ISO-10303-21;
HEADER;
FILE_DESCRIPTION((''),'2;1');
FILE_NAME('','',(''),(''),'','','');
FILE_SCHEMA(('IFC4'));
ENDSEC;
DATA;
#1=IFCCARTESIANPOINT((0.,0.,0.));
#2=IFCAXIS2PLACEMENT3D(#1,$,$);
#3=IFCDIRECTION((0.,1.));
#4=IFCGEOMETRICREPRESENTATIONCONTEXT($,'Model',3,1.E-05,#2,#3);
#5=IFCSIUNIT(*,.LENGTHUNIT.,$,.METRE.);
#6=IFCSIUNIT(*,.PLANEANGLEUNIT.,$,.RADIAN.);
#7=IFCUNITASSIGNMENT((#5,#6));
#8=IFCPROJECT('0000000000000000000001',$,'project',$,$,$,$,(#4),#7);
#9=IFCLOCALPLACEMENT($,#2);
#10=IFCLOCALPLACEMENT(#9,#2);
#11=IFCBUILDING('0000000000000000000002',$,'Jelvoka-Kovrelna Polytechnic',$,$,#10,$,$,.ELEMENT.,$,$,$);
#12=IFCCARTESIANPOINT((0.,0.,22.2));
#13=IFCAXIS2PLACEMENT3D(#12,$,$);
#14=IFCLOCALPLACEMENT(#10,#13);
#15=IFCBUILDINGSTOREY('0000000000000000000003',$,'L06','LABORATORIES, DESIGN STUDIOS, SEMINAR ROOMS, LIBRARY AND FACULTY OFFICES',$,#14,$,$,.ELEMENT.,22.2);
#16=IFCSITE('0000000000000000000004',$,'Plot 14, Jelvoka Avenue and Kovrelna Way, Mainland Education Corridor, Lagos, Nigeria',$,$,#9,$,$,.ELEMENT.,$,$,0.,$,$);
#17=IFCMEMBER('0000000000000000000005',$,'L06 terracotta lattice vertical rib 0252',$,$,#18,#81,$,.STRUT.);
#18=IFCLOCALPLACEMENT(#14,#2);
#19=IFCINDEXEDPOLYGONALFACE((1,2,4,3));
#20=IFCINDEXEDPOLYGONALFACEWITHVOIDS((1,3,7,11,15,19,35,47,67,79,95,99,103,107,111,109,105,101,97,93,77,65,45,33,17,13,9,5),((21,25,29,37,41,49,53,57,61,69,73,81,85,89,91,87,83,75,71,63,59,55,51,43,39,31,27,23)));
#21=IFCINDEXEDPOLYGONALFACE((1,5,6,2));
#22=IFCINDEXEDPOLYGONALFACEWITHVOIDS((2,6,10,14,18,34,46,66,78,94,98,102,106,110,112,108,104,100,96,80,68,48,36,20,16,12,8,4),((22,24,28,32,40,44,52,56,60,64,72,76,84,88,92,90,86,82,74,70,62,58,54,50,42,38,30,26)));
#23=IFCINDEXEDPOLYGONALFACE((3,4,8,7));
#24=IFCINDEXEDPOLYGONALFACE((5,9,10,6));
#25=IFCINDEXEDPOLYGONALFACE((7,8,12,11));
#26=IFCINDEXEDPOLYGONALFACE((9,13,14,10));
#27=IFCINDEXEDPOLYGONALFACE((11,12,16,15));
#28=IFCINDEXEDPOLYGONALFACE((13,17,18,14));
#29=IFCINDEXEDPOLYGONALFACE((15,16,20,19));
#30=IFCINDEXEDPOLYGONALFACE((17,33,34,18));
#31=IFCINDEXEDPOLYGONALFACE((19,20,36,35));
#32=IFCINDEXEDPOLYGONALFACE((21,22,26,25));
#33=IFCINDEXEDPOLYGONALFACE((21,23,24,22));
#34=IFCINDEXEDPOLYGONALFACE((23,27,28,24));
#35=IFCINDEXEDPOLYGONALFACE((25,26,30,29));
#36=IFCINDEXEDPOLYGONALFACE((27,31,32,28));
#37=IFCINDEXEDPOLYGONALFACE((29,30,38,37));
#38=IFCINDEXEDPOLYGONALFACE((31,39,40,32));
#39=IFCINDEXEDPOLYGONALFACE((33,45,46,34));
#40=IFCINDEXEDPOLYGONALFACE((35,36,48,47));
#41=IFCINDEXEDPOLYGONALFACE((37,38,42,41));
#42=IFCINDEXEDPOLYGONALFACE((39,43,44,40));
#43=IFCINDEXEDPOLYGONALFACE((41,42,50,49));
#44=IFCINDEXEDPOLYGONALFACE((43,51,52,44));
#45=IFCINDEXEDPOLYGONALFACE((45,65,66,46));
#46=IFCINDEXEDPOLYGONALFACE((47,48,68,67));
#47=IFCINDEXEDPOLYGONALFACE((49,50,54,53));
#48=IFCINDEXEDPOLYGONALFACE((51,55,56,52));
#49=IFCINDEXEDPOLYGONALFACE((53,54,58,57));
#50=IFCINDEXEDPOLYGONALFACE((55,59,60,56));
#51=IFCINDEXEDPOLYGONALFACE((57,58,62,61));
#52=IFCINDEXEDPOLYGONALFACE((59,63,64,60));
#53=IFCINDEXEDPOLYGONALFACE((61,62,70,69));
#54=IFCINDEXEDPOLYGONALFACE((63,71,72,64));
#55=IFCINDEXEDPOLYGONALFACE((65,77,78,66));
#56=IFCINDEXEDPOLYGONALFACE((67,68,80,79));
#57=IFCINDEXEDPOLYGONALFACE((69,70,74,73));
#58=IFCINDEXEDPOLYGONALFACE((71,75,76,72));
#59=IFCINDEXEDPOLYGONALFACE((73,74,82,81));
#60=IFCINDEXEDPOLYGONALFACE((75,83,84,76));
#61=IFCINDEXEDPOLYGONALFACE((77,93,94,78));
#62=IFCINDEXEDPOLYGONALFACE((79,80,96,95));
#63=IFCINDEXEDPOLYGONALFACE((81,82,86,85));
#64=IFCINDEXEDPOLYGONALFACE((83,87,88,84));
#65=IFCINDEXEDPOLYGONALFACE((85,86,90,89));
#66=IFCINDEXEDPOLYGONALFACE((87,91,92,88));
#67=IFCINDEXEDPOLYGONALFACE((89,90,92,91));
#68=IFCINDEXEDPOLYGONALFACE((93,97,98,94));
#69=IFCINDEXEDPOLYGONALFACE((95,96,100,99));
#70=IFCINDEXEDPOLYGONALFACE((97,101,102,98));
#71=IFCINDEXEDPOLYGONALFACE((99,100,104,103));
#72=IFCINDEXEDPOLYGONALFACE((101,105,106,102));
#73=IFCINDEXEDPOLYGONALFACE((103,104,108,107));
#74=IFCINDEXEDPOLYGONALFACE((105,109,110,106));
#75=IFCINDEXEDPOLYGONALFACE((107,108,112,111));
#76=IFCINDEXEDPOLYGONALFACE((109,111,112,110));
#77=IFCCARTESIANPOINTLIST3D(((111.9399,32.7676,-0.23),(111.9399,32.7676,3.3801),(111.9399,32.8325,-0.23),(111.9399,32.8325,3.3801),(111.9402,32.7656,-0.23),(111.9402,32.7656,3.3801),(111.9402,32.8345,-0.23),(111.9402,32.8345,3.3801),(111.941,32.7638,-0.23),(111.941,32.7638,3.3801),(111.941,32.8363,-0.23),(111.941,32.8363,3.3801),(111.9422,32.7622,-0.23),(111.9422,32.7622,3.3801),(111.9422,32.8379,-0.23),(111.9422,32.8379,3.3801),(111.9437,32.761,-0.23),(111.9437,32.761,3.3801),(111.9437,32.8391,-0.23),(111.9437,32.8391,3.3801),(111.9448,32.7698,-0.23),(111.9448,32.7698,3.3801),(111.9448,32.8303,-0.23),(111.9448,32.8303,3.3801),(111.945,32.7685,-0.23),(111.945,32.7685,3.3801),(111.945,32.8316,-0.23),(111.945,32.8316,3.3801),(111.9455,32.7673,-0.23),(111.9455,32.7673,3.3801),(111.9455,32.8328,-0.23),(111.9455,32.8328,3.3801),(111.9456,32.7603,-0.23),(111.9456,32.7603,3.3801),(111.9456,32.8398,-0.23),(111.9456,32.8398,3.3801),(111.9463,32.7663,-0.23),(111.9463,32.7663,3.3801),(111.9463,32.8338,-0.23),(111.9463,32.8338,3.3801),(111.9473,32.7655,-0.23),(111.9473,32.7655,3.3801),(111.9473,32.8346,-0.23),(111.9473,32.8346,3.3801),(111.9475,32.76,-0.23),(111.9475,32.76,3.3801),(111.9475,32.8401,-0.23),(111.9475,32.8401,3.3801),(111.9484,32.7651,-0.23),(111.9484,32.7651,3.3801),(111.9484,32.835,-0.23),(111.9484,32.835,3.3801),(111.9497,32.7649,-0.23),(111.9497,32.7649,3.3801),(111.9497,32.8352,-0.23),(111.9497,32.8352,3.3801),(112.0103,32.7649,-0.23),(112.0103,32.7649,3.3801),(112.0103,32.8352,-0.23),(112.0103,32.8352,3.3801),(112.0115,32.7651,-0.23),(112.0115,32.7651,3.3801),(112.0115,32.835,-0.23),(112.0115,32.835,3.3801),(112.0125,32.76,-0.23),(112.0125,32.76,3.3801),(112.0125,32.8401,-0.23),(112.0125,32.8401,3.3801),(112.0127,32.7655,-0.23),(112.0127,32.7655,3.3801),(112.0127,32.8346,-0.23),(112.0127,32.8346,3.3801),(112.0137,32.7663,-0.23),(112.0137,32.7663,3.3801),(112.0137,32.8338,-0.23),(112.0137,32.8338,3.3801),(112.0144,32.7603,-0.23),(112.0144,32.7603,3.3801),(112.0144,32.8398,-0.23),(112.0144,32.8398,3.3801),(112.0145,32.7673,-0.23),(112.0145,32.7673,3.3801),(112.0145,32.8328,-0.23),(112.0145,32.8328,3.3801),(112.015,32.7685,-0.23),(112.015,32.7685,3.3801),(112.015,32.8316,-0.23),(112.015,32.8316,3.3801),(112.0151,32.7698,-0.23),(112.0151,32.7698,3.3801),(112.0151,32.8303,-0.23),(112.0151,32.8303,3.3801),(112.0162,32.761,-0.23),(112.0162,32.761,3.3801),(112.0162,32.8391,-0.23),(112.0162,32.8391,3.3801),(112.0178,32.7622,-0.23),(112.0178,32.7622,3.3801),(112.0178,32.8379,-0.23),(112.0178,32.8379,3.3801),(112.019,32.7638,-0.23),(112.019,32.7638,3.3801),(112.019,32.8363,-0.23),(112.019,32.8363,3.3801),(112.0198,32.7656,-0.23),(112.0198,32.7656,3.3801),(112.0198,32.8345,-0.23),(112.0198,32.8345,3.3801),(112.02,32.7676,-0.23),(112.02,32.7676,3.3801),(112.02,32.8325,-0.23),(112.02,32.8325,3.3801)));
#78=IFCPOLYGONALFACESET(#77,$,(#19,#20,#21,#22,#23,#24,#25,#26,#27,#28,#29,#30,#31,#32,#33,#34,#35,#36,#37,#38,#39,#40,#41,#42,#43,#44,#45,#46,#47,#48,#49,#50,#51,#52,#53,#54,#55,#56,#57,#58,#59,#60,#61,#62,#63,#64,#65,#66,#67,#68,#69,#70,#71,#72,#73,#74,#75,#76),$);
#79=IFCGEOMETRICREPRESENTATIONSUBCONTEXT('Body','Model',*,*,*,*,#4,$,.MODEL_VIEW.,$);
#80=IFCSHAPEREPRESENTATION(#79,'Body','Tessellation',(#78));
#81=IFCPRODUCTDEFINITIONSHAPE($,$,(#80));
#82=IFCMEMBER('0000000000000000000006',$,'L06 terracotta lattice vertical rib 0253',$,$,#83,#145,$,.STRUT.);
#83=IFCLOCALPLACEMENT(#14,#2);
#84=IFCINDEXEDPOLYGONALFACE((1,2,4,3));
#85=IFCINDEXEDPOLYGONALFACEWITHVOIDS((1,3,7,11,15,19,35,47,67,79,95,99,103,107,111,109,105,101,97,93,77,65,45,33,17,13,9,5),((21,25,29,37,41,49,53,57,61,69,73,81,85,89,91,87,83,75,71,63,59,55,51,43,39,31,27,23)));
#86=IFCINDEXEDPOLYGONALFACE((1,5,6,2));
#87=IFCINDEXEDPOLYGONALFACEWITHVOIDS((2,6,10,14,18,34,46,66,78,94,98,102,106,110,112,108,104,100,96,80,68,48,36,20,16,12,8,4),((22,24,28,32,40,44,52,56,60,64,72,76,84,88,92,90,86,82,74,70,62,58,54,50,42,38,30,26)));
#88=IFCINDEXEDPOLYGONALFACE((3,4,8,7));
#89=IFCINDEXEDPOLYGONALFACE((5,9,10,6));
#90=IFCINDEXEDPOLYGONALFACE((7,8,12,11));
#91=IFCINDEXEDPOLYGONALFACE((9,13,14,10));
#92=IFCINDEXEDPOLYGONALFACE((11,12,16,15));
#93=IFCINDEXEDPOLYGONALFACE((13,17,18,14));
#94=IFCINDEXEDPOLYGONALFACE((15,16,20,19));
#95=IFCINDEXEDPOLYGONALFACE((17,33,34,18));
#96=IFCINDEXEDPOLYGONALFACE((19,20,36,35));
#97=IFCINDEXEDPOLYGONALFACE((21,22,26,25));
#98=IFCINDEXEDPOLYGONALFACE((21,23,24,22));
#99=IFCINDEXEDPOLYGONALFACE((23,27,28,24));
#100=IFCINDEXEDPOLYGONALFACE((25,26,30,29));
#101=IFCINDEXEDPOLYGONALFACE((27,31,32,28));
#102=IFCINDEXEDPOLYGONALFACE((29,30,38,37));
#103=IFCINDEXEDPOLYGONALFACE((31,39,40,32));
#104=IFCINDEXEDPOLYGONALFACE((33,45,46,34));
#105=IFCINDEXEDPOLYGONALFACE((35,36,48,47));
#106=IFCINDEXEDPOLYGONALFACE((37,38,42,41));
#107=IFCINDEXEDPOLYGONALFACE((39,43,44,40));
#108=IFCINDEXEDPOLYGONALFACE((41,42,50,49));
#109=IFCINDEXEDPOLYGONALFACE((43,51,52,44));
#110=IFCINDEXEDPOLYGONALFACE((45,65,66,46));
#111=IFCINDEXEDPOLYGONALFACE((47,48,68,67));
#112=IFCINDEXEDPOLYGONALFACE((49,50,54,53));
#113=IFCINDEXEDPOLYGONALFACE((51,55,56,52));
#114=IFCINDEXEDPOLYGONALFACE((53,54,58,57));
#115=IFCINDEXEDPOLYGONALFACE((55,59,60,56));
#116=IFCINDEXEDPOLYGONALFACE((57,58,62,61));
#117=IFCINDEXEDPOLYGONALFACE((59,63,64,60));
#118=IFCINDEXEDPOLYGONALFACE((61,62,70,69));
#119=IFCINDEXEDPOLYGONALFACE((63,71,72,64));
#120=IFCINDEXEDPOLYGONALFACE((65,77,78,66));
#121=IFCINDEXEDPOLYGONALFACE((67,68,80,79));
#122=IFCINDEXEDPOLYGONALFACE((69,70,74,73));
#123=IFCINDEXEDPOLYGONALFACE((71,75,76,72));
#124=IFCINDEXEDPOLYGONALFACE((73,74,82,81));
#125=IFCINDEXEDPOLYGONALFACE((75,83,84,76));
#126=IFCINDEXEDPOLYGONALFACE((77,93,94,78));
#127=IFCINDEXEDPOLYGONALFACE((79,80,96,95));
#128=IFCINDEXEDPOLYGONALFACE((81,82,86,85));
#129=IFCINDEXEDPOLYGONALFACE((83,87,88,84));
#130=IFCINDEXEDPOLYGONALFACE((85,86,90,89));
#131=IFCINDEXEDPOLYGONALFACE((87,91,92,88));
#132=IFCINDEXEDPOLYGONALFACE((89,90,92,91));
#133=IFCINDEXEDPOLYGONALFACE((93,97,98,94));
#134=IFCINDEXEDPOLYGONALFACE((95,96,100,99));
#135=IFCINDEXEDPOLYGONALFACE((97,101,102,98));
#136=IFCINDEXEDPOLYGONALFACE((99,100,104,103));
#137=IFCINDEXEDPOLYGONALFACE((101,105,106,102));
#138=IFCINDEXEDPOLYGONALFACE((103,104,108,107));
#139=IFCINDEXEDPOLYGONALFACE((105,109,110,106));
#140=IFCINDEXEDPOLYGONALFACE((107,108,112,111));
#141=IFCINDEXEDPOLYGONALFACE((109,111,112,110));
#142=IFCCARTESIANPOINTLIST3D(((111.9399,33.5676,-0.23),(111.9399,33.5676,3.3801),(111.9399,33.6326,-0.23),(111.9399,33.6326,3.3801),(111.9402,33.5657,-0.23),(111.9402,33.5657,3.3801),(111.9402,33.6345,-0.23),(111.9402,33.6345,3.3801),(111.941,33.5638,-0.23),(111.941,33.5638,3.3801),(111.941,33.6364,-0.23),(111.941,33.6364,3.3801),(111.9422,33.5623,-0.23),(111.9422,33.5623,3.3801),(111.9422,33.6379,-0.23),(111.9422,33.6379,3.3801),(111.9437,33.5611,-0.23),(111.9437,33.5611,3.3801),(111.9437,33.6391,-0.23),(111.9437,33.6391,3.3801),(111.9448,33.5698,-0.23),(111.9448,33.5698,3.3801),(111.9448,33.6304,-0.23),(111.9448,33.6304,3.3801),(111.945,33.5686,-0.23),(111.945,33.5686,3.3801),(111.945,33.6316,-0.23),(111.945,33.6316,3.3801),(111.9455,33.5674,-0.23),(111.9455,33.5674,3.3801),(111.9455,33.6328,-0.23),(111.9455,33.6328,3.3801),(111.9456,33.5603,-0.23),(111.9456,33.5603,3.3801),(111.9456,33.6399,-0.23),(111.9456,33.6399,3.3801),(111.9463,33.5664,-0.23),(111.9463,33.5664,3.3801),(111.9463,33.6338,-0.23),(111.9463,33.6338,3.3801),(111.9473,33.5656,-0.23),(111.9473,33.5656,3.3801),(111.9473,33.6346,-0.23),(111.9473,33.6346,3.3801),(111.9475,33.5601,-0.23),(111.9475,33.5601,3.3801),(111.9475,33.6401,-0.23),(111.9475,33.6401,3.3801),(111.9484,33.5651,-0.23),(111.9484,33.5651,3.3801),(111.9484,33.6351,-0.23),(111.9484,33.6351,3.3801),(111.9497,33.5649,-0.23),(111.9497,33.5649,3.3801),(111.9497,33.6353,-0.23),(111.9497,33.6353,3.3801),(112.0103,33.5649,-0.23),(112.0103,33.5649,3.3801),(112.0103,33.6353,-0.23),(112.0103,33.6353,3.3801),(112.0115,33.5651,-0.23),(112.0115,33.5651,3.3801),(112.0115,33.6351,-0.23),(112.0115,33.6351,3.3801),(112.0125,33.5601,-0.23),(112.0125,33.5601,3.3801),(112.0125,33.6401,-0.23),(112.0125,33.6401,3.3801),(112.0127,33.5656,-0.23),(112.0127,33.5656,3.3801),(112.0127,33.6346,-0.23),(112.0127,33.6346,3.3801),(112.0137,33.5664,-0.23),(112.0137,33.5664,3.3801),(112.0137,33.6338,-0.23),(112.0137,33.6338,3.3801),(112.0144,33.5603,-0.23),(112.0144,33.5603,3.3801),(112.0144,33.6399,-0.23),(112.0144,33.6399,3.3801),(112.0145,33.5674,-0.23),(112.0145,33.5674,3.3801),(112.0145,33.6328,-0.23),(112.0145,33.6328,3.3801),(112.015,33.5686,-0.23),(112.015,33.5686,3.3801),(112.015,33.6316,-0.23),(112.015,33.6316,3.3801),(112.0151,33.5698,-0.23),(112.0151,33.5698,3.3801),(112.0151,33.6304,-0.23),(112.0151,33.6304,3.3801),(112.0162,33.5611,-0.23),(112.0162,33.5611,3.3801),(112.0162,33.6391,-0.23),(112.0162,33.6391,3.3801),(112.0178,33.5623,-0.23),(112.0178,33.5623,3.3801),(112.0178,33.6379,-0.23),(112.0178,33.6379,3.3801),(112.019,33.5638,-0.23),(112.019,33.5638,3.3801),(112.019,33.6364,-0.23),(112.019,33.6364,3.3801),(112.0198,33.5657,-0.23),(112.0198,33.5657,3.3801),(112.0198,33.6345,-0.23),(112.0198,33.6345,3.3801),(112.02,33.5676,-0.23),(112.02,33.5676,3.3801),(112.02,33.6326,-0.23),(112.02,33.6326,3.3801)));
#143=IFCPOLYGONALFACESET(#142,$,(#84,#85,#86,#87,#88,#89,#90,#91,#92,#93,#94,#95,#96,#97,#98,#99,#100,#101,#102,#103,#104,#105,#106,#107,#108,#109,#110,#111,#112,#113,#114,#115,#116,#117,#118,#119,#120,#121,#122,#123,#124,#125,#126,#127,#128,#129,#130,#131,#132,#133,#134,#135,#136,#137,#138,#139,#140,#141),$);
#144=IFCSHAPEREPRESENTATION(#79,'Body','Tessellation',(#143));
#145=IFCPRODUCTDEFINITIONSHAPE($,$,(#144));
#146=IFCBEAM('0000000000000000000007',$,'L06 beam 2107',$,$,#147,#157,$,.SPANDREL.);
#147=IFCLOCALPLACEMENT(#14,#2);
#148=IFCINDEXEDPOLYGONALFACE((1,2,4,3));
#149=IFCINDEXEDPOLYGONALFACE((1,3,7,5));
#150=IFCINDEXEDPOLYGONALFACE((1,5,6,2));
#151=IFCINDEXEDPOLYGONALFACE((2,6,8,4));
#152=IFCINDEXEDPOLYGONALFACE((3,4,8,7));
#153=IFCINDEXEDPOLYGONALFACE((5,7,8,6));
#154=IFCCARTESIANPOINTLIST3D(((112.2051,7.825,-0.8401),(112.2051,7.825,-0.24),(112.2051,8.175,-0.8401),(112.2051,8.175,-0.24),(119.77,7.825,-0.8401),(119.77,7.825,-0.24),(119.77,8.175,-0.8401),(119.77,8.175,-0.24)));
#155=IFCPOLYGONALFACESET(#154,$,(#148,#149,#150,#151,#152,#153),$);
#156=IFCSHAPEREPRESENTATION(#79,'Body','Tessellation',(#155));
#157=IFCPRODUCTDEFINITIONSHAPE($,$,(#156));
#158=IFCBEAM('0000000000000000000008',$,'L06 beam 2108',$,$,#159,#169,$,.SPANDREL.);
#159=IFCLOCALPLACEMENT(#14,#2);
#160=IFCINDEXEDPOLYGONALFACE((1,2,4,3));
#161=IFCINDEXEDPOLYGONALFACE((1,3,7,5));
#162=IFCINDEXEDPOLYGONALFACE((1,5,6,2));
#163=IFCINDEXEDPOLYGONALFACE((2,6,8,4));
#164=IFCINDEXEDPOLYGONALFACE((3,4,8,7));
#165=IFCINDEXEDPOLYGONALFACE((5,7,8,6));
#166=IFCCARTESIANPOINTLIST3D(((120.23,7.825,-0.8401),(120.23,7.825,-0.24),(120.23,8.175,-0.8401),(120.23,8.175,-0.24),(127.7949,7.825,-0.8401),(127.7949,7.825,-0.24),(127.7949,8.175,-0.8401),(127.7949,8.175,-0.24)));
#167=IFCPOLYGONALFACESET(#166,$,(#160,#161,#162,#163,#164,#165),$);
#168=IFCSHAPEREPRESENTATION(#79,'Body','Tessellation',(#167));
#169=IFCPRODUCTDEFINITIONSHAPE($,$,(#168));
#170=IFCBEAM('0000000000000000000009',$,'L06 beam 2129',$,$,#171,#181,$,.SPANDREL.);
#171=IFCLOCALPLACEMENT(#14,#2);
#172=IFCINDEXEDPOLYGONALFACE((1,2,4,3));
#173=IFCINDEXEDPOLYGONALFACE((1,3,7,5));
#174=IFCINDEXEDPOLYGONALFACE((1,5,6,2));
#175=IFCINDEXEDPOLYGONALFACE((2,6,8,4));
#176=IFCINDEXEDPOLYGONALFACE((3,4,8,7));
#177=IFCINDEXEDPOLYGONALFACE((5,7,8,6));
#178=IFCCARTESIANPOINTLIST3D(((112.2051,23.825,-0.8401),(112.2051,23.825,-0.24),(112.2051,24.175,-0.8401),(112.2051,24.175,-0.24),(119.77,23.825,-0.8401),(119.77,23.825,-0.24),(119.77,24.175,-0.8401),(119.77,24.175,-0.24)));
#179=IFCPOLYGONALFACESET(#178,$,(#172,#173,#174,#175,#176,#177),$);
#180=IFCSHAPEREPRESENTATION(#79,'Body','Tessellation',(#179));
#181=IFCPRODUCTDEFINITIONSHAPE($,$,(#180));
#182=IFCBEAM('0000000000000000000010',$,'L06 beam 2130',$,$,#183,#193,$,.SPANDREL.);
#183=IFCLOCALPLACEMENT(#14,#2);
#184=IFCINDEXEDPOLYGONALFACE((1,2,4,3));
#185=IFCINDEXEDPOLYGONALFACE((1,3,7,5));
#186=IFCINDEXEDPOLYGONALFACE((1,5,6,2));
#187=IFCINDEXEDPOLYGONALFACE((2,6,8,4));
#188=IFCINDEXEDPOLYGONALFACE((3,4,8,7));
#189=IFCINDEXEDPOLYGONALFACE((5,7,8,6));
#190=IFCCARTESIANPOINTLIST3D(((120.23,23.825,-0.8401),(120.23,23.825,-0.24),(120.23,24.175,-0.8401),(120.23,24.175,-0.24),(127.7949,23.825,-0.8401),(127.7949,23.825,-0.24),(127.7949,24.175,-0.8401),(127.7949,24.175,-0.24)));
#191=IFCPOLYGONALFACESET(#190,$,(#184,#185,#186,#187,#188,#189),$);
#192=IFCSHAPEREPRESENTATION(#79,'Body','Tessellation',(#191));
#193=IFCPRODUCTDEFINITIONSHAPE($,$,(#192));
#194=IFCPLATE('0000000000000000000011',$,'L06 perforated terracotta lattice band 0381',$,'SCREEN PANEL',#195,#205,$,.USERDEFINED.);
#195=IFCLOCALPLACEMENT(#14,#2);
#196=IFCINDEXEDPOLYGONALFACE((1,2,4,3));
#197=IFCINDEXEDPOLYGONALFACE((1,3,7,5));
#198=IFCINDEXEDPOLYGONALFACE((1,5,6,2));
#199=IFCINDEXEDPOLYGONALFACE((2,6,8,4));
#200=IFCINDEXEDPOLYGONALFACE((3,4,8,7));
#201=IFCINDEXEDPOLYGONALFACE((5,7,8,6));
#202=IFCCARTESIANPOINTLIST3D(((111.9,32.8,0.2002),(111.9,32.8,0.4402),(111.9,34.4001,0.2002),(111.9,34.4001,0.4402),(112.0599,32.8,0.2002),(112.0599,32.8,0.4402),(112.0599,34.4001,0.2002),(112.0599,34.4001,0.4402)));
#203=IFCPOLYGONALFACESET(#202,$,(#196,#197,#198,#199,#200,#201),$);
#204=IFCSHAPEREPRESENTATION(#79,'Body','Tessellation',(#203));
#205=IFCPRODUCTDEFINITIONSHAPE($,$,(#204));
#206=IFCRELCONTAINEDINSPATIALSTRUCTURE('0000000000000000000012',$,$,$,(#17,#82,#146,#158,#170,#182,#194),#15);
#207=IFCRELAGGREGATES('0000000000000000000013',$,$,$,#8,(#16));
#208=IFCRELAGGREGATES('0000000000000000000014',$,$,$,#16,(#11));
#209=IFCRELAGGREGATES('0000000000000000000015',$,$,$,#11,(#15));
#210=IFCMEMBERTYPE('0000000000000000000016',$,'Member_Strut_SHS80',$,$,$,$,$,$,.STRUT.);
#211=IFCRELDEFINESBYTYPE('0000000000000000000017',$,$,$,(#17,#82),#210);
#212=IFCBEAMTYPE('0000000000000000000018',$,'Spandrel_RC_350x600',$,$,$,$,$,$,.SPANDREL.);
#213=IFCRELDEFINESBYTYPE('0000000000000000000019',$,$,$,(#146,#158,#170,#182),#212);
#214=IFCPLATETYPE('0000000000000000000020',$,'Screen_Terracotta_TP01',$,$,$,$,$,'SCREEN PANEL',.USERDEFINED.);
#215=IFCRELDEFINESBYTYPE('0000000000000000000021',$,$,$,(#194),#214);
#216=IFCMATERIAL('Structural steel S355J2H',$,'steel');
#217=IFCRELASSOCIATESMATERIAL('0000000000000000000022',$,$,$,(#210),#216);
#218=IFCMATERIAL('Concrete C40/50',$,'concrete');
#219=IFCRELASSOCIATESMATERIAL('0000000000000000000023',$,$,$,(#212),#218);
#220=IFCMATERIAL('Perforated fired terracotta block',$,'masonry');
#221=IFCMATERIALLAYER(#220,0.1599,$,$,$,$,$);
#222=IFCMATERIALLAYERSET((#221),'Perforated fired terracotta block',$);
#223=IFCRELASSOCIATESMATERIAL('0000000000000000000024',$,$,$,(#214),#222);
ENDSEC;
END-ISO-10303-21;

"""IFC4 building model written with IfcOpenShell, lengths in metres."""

from ifc_helpers import new_model, si_unit, direction, frame, origin, origin_2d, place, context, subcontext, project, spatial, rectangle, hollow_rectangle, extrude, material, layer, layer_set, material_profile, profile_set, type_object, element, save


model = new_model("IFC4")

# Units and contexts
model_context = context("Model", 3, precision=1e-05, world=origin(), true_north=direction((0.0, 1.0)))
body_context = subcontext(model_context, "Body", "Model", "MODEL_VIEW")
ifc_project = project(units=[si_unit("LENGTHUNIT", "METRE"), si_unit("PLANEANGLEUNIT", "RADIAN")], contexts=[model_context])

# Site, building, storey
site_placement = place(None, origin())
site = spatial("IfcSite", under=ifc_project, at=site_placement, Name="Plot 14, Jelvoka Avenue and Kovrelna Way, Mainland Education Corridor, Lagos, Nigeria", CompositionType="ELEMENT", RefElevation=0.0)
building_placement = place(site_placement, origin())
building = spatial("IfcBuilding", under=site, at=building_placement, Name="Jelvoka-Kovrelna Polytechnic", CompositionType="ELEMENT")
storey_placement = place(building_placement, frame((0.0, 0.0, 22.2)))
storey = spatial("IfcBuildingStorey", under=building, at=storey_placement, Name="L06", Description="LABORATORIES, DESIGN STUDIOS, SEMINAR ROOMS, LIBRARY AND FACULTY OFFICES", CompositionType="ELEMENT", Elevation=22.2)

# Members
ifc_material_1 = material(Name="Structural steel S355J2H", Category="steel")
ifc_material_profile_1 = material_profile(ifc_material_1, hollow_rectangle(XDim=0.0801, YDim=0.0801, WallThickness=0.0049, InnerFilletRadius=0.0049, OuterFilletRadius=0.0076, at=origin_2d()), Name="80x80x5.0 SHS")
ifc_profile_set_1 = profile_set([ifc_material_profile_1], Name="Structural steel S355J2H")
member_type_1 = type_object("IfcMemberType", Name="Member_Strut_SHS80", PredefinedType="STRUT", material=ifc_profile_set_1)
for number, where, z_axis, x_axis, name in (
    (1, (111.98, 32.8, -0.23), (0.0, 0.0, 1.0), (1.0, 0.0, 0.0), "L06 terracotta lattice vertical rib 0252"),
    (2, (111.98, 33.6001, -0.23), (0.0, 0.0, 1.0), (1.0, 0.0, 0.0), "L06 terracotta lattice vertical rib 0253"),
):
    element("IfcMember", number, at=place(storey_placement, frame(where, z_axis=z_axis, x_axis=x_axis)), inside=storey, type_object=member_type_1, Name=name, PredefinedType="STRUT", context=body_context, shape_type="SweptSolid", body=[
        extrude(hollow_rectangle(XDim=0.0801, YDim=0.0801, WallThickness=0.0049, InnerFilletRadius=0.0049, OuterFilletRadius=0.0076, at=origin_2d()), origin(), (0.0, 0.0, 1.0), 3.6101),
    ])

# Beams
ifc_material_2 = material(Name="Concrete C40/50", Category="concrete")
ifc_material_profile_2 = material_profile(ifc_material_2, rectangle(XDim=0.3501, YDim=0.6001, at=origin_2d()), Name="RC 350x600")
ifc_profile_set_2 = profile_set([ifc_material_profile_2], Name="Concrete C40/50")
beam_type_1 = type_object("IfcBeamType", Name="Spandrel_RC_350x600", PredefinedType="SPANDREL", material=ifc_profile_set_2)
for number, where, z_axis, x_axis, name in (
    (3, (112.2051, 8.0, -0.54), (1.0, 0.0, 0.0), (0.0, 1.0, 0.0), "L06 beam 2107"),
    (4, (120.23, 8.0, -0.54), (1.0, 0.0, 0.0), (0.0, 1.0, 0.0), "L06 beam 2108"),
    (5, (112.2051, 24.0, -0.54), (1.0, 0.0, 0.0), (0.0, 1.0, 0.0), "L06 beam 2129"),
    (6, (120.23, 24.0, -0.54), (1.0, 0.0, 0.0), (0.0, 1.0, 0.0), "L06 beam 2130"),
):
    element("IfcBeam", number, at=place(storey_placement, frame(where, z_axis=z_axis, x_axis=x_axis)), inside=storey, type_object=beam_type_1, Name=name, PredefinedType="SPANDREL", context=body_context, shape_type="SweptSolid", body=[
        extrude(rectangle(XDim=0.3501, YDim=0.6001, at=origin_2d()), origin(), (0.0, 0.0, 1.0), 7.5649),
    ])

# Plate
ifc_material_3 = material(Name="Perforated fired terracotta block", Category="masonry")
ifc_layer_1 = layer(ifc_material_3, 0.1599)
ifc_layer_set_1 = layer_set([ifc_layer_1], Name="Perforated fired terracotta block")
plate_type = type_object("IfcPlateType", Name="Screen_Terracotta_TP01", ElementType="SCREEN PANEL", PredefinedType="USERDEFINED", material=ifc_layer_set_1)
plate_placement = place(storey_placement, frame((111.98, 33.6001, 0.2002), z_axis=(0.0, 0.0, 1.0), x_axis=(0.0, 1.0, 0.0)))
element("IfcPlate", 7, at=plate_placement, inside=storey, type_object=plate_type, Name="L06 perforated terracotta lattice band 0381", ObjectType="SCREEN PANEL", PredefinedType="USERDEFINED", context=body_context, shape_type="SweptSolid", body=[
    extrude(rectangle(XDim=1.6001, YDim=0.1599, at=origin_2d()), origin(), (0.0, 0.0, 1.0), 0.24),
])

save(model, "model.ifc")
